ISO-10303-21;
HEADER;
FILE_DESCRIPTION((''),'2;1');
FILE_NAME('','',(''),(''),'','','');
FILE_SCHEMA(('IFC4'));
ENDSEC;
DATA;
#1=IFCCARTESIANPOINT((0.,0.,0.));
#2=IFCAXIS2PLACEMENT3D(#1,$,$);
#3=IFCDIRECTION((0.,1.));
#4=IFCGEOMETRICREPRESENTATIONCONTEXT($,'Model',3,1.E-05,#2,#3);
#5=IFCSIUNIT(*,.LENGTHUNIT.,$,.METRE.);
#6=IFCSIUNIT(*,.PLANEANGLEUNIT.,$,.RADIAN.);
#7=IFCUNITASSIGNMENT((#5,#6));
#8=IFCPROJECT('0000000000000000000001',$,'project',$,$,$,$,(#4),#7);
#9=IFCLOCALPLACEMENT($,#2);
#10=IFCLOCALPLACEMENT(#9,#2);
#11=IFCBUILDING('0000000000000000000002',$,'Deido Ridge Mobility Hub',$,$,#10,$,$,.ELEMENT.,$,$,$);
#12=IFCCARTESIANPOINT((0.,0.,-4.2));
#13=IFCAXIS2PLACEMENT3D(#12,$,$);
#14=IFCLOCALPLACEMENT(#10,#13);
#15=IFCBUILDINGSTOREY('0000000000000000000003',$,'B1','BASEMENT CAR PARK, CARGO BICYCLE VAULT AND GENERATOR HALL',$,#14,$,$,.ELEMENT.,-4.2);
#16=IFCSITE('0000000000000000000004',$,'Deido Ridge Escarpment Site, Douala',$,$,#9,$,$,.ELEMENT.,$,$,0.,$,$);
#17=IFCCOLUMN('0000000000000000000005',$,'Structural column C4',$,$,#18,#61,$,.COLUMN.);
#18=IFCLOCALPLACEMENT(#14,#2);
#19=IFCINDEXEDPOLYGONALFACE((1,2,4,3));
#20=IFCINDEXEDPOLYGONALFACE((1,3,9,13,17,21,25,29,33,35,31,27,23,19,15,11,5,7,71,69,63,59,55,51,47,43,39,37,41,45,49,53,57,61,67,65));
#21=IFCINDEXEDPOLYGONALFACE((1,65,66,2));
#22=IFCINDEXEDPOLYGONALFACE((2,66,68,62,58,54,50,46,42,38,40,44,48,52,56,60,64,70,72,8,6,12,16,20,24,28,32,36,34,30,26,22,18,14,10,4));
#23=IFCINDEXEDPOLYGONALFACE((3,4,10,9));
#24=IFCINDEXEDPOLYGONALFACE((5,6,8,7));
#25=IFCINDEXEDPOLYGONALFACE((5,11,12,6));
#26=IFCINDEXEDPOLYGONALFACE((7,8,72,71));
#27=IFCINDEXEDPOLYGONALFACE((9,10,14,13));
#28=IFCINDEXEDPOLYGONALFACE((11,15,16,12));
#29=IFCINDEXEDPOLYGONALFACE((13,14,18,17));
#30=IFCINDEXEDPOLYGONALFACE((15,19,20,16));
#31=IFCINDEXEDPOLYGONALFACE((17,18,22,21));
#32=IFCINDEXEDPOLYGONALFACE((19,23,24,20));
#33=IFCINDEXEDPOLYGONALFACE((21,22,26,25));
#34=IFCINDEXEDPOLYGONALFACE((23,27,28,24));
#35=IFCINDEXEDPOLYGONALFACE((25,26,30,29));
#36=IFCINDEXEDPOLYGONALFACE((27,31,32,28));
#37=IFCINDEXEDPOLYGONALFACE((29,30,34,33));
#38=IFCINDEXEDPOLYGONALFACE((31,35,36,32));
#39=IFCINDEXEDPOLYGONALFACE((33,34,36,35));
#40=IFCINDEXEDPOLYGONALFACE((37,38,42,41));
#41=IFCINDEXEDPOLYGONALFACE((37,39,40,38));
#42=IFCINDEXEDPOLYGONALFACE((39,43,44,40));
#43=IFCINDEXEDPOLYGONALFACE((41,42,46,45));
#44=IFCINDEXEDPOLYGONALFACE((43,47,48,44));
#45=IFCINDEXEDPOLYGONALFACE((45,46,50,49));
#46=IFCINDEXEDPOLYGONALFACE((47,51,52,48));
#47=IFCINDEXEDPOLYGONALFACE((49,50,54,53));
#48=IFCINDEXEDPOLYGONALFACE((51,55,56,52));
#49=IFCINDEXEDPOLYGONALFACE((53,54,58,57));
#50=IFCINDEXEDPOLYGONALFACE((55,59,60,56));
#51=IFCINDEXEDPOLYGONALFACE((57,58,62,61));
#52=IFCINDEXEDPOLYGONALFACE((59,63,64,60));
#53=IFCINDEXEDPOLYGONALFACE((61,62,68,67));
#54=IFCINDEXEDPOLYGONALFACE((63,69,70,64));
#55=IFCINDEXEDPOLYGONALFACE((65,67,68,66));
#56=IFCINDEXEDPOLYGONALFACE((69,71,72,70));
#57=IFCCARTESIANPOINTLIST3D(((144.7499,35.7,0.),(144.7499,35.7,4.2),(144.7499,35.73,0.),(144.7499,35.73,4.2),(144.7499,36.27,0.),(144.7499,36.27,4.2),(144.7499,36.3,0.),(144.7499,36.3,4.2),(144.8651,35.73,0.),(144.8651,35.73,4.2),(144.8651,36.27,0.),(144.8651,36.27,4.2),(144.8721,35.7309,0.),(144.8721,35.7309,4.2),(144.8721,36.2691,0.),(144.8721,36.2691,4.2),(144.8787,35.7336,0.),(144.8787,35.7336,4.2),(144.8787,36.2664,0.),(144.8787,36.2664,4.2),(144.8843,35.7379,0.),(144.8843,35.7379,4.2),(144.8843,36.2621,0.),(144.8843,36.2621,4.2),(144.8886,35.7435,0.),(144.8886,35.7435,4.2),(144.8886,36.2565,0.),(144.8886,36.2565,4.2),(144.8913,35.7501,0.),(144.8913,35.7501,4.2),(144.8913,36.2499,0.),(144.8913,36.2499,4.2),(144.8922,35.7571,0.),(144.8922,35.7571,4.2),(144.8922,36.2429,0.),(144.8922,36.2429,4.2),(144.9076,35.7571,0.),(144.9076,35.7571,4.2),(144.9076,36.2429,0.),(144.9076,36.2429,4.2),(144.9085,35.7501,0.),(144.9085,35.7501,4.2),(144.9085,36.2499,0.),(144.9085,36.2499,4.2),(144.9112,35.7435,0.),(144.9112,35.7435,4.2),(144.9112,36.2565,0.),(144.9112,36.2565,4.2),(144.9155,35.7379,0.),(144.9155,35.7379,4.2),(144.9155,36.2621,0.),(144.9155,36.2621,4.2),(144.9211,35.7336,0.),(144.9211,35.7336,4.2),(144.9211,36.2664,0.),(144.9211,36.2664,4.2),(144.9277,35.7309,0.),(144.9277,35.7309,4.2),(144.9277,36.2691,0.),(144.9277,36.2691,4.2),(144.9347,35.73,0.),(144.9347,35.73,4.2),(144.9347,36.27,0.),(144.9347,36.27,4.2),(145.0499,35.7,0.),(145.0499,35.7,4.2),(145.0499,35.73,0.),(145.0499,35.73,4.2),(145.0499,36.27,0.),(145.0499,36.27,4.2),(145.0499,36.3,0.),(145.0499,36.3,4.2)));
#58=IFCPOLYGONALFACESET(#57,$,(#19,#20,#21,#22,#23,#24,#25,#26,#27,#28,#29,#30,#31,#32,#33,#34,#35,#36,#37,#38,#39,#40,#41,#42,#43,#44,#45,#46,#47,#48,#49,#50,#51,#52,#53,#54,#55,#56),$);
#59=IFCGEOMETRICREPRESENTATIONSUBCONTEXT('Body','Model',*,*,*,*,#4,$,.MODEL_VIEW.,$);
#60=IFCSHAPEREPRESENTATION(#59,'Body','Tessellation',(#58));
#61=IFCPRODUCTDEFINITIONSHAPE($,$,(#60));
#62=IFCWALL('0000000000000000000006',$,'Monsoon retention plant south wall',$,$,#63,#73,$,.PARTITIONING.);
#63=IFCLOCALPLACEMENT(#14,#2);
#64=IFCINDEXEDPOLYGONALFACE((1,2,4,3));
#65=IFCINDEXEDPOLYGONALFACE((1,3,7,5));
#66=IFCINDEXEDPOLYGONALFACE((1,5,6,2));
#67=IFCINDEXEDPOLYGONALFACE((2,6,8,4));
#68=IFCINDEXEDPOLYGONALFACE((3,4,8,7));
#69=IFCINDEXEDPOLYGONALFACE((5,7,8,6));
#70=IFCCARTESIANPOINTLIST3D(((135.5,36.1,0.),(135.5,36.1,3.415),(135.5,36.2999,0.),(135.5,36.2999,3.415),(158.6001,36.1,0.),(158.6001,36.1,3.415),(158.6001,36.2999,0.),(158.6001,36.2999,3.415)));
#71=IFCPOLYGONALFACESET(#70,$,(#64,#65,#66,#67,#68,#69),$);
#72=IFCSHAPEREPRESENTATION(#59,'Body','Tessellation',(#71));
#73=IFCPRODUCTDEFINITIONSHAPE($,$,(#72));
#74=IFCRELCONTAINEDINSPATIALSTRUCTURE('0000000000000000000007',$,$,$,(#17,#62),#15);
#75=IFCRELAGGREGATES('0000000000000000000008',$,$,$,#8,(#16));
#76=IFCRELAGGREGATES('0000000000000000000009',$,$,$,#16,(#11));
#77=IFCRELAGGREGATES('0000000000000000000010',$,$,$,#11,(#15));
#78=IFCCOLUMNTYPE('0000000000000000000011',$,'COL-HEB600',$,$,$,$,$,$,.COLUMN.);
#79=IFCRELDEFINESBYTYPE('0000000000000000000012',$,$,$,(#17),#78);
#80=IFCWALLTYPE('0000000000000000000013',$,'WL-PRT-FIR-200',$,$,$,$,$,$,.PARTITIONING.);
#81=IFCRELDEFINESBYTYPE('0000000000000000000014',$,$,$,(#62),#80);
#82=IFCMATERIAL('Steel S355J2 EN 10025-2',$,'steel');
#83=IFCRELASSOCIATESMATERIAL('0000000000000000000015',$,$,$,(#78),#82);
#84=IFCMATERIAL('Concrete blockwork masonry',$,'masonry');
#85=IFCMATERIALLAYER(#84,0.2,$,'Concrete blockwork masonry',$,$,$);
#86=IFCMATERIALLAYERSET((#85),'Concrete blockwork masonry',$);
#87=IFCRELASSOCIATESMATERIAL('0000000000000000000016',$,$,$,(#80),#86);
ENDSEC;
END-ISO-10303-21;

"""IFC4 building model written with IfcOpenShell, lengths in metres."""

from ifc_helpers import new_model, si_unit, direction, frame, frame_2d, origin, origin_2d, place, context, subcontext, project, spatial, rectangle, i_section, extrude, material, layer, layer_set, material_profile, profile_set, type_object, element, save


model = new_model("IFC4")

# Units and contexts
model_context = context("Model", 3, precision=1e-05, world=origin(), true_north=direction((0.0, 1.0)))
body_context = subcontext(model_context, "Body", "Model", "MODEL_VIEW")
ifc_project = project(units=[si_unit("LENGTHUNIT", "METRE"), si_unit("PLANEANGLEUNIT", "RADIAN")], contexts=[model_context])

# Site, building, storey
site_placement = place(None, origin())
site = spatial("IfcSite", under=ifc_project, at=site_placement, Name="Deido Ridge Escarpment Site, Douala", CompositionType="ELEMENT", RefElevation=0.0)
building_placement = place(site_placement, origin())
building = spatial("IfcBuilding", under=site, at=building_placement, Name="Deido Ridge Mobility Hub", CompositionType="ELEMENT")
storey_placement = place(building_placement, frame((0.0, 0.0, -4.2)))
storey = spatial("IfcBuildingStorey", under=building, at=storey_placement, Name="B1", Description="BASEMENT CAR PARK, CARGO BICYCLE VAULT AND GENERATOR HALL", CompositionType="ELEMENT", Elevation=-4.2)

# Column
ifc_material_1 = material(Name="Steel S355J2 EN 10025-2", Category="steel")
ifc_material_profile_1 = material_profile(ifc_material_1, i_section(OverallWidth=0.3, OverallDepth=0.6001, WebThickness=0.0154, FlangeThickness=0.03, FilletRadius=0.0271, at=origin_2d()), Name="HEB 600")
ifc_profile_set_1 = profile_set([ifc_material_profile_1], Name="Steel S355J2 EN 10025-2")
column_type_1 = type_object("IfcColumnType", Name="COL-HEB600", PredefinedType="COLUMN", material=ifc_profile_set_1)
column_placement = place(storey_placement, frame((144.8999, 36.0, 0.0), z_axis=(0.0, 0.0, 1.0), x_axis=(1.0, 0.0, 0.0)))
element("IfcColumn", 1, at=column_placement, inside=storey, type_object=column_type_1, Name="Structural column C4", PredefinedType="COLUMN", context=body_context, shape_type="SweptSolid", body=[
    extrude(i_section(OverallWidth=0.3, OverallDepth=0.6001, WebThickness=0.0154, FlangeThickness=0.03, FilletRadius=0.0271, at=origin_2d()), origin(), (0.0, 0.0, 1.0), 4.2),
])

# Wall
ifc_material_2 = material(Name="Concrete blockwork masonry", Category="masonry")
ifc_layer = layer(ifc_material_2, 0.2, Name="Concrete blockwork masonry")
ifc_layer_set = layer_set([ifc_layer], Name="Concrete blockwork masonry")
wall_type = type_object("IfcWallType", Name="WL-PRT-FIR-200", PredefinedType="PARTITIONING", material=ifc_layer_set)
wall_placement = place(storey_placement, frame((135.5, 36.2, 0.0), z_axis=(0.0, 0.0, 1.0), x_axis=(1.0, 0.0, 0.0)))
element("IfcWall", 2, at=wall_placement, inside=storey, type_object=wall_type, Name="Monsoon retention plant south wall", PredefinedType="PARTITIONING", context=body_context, shape_type="SweptSolid", body=[
    extrude(rectangle(XDim=23.1001, YDim=0.2, at=frame_2d((11.55, 0.0))), origin(), (0.0, 0.0, 1.0), 3.415),
])

save(model, "model.ifc")
